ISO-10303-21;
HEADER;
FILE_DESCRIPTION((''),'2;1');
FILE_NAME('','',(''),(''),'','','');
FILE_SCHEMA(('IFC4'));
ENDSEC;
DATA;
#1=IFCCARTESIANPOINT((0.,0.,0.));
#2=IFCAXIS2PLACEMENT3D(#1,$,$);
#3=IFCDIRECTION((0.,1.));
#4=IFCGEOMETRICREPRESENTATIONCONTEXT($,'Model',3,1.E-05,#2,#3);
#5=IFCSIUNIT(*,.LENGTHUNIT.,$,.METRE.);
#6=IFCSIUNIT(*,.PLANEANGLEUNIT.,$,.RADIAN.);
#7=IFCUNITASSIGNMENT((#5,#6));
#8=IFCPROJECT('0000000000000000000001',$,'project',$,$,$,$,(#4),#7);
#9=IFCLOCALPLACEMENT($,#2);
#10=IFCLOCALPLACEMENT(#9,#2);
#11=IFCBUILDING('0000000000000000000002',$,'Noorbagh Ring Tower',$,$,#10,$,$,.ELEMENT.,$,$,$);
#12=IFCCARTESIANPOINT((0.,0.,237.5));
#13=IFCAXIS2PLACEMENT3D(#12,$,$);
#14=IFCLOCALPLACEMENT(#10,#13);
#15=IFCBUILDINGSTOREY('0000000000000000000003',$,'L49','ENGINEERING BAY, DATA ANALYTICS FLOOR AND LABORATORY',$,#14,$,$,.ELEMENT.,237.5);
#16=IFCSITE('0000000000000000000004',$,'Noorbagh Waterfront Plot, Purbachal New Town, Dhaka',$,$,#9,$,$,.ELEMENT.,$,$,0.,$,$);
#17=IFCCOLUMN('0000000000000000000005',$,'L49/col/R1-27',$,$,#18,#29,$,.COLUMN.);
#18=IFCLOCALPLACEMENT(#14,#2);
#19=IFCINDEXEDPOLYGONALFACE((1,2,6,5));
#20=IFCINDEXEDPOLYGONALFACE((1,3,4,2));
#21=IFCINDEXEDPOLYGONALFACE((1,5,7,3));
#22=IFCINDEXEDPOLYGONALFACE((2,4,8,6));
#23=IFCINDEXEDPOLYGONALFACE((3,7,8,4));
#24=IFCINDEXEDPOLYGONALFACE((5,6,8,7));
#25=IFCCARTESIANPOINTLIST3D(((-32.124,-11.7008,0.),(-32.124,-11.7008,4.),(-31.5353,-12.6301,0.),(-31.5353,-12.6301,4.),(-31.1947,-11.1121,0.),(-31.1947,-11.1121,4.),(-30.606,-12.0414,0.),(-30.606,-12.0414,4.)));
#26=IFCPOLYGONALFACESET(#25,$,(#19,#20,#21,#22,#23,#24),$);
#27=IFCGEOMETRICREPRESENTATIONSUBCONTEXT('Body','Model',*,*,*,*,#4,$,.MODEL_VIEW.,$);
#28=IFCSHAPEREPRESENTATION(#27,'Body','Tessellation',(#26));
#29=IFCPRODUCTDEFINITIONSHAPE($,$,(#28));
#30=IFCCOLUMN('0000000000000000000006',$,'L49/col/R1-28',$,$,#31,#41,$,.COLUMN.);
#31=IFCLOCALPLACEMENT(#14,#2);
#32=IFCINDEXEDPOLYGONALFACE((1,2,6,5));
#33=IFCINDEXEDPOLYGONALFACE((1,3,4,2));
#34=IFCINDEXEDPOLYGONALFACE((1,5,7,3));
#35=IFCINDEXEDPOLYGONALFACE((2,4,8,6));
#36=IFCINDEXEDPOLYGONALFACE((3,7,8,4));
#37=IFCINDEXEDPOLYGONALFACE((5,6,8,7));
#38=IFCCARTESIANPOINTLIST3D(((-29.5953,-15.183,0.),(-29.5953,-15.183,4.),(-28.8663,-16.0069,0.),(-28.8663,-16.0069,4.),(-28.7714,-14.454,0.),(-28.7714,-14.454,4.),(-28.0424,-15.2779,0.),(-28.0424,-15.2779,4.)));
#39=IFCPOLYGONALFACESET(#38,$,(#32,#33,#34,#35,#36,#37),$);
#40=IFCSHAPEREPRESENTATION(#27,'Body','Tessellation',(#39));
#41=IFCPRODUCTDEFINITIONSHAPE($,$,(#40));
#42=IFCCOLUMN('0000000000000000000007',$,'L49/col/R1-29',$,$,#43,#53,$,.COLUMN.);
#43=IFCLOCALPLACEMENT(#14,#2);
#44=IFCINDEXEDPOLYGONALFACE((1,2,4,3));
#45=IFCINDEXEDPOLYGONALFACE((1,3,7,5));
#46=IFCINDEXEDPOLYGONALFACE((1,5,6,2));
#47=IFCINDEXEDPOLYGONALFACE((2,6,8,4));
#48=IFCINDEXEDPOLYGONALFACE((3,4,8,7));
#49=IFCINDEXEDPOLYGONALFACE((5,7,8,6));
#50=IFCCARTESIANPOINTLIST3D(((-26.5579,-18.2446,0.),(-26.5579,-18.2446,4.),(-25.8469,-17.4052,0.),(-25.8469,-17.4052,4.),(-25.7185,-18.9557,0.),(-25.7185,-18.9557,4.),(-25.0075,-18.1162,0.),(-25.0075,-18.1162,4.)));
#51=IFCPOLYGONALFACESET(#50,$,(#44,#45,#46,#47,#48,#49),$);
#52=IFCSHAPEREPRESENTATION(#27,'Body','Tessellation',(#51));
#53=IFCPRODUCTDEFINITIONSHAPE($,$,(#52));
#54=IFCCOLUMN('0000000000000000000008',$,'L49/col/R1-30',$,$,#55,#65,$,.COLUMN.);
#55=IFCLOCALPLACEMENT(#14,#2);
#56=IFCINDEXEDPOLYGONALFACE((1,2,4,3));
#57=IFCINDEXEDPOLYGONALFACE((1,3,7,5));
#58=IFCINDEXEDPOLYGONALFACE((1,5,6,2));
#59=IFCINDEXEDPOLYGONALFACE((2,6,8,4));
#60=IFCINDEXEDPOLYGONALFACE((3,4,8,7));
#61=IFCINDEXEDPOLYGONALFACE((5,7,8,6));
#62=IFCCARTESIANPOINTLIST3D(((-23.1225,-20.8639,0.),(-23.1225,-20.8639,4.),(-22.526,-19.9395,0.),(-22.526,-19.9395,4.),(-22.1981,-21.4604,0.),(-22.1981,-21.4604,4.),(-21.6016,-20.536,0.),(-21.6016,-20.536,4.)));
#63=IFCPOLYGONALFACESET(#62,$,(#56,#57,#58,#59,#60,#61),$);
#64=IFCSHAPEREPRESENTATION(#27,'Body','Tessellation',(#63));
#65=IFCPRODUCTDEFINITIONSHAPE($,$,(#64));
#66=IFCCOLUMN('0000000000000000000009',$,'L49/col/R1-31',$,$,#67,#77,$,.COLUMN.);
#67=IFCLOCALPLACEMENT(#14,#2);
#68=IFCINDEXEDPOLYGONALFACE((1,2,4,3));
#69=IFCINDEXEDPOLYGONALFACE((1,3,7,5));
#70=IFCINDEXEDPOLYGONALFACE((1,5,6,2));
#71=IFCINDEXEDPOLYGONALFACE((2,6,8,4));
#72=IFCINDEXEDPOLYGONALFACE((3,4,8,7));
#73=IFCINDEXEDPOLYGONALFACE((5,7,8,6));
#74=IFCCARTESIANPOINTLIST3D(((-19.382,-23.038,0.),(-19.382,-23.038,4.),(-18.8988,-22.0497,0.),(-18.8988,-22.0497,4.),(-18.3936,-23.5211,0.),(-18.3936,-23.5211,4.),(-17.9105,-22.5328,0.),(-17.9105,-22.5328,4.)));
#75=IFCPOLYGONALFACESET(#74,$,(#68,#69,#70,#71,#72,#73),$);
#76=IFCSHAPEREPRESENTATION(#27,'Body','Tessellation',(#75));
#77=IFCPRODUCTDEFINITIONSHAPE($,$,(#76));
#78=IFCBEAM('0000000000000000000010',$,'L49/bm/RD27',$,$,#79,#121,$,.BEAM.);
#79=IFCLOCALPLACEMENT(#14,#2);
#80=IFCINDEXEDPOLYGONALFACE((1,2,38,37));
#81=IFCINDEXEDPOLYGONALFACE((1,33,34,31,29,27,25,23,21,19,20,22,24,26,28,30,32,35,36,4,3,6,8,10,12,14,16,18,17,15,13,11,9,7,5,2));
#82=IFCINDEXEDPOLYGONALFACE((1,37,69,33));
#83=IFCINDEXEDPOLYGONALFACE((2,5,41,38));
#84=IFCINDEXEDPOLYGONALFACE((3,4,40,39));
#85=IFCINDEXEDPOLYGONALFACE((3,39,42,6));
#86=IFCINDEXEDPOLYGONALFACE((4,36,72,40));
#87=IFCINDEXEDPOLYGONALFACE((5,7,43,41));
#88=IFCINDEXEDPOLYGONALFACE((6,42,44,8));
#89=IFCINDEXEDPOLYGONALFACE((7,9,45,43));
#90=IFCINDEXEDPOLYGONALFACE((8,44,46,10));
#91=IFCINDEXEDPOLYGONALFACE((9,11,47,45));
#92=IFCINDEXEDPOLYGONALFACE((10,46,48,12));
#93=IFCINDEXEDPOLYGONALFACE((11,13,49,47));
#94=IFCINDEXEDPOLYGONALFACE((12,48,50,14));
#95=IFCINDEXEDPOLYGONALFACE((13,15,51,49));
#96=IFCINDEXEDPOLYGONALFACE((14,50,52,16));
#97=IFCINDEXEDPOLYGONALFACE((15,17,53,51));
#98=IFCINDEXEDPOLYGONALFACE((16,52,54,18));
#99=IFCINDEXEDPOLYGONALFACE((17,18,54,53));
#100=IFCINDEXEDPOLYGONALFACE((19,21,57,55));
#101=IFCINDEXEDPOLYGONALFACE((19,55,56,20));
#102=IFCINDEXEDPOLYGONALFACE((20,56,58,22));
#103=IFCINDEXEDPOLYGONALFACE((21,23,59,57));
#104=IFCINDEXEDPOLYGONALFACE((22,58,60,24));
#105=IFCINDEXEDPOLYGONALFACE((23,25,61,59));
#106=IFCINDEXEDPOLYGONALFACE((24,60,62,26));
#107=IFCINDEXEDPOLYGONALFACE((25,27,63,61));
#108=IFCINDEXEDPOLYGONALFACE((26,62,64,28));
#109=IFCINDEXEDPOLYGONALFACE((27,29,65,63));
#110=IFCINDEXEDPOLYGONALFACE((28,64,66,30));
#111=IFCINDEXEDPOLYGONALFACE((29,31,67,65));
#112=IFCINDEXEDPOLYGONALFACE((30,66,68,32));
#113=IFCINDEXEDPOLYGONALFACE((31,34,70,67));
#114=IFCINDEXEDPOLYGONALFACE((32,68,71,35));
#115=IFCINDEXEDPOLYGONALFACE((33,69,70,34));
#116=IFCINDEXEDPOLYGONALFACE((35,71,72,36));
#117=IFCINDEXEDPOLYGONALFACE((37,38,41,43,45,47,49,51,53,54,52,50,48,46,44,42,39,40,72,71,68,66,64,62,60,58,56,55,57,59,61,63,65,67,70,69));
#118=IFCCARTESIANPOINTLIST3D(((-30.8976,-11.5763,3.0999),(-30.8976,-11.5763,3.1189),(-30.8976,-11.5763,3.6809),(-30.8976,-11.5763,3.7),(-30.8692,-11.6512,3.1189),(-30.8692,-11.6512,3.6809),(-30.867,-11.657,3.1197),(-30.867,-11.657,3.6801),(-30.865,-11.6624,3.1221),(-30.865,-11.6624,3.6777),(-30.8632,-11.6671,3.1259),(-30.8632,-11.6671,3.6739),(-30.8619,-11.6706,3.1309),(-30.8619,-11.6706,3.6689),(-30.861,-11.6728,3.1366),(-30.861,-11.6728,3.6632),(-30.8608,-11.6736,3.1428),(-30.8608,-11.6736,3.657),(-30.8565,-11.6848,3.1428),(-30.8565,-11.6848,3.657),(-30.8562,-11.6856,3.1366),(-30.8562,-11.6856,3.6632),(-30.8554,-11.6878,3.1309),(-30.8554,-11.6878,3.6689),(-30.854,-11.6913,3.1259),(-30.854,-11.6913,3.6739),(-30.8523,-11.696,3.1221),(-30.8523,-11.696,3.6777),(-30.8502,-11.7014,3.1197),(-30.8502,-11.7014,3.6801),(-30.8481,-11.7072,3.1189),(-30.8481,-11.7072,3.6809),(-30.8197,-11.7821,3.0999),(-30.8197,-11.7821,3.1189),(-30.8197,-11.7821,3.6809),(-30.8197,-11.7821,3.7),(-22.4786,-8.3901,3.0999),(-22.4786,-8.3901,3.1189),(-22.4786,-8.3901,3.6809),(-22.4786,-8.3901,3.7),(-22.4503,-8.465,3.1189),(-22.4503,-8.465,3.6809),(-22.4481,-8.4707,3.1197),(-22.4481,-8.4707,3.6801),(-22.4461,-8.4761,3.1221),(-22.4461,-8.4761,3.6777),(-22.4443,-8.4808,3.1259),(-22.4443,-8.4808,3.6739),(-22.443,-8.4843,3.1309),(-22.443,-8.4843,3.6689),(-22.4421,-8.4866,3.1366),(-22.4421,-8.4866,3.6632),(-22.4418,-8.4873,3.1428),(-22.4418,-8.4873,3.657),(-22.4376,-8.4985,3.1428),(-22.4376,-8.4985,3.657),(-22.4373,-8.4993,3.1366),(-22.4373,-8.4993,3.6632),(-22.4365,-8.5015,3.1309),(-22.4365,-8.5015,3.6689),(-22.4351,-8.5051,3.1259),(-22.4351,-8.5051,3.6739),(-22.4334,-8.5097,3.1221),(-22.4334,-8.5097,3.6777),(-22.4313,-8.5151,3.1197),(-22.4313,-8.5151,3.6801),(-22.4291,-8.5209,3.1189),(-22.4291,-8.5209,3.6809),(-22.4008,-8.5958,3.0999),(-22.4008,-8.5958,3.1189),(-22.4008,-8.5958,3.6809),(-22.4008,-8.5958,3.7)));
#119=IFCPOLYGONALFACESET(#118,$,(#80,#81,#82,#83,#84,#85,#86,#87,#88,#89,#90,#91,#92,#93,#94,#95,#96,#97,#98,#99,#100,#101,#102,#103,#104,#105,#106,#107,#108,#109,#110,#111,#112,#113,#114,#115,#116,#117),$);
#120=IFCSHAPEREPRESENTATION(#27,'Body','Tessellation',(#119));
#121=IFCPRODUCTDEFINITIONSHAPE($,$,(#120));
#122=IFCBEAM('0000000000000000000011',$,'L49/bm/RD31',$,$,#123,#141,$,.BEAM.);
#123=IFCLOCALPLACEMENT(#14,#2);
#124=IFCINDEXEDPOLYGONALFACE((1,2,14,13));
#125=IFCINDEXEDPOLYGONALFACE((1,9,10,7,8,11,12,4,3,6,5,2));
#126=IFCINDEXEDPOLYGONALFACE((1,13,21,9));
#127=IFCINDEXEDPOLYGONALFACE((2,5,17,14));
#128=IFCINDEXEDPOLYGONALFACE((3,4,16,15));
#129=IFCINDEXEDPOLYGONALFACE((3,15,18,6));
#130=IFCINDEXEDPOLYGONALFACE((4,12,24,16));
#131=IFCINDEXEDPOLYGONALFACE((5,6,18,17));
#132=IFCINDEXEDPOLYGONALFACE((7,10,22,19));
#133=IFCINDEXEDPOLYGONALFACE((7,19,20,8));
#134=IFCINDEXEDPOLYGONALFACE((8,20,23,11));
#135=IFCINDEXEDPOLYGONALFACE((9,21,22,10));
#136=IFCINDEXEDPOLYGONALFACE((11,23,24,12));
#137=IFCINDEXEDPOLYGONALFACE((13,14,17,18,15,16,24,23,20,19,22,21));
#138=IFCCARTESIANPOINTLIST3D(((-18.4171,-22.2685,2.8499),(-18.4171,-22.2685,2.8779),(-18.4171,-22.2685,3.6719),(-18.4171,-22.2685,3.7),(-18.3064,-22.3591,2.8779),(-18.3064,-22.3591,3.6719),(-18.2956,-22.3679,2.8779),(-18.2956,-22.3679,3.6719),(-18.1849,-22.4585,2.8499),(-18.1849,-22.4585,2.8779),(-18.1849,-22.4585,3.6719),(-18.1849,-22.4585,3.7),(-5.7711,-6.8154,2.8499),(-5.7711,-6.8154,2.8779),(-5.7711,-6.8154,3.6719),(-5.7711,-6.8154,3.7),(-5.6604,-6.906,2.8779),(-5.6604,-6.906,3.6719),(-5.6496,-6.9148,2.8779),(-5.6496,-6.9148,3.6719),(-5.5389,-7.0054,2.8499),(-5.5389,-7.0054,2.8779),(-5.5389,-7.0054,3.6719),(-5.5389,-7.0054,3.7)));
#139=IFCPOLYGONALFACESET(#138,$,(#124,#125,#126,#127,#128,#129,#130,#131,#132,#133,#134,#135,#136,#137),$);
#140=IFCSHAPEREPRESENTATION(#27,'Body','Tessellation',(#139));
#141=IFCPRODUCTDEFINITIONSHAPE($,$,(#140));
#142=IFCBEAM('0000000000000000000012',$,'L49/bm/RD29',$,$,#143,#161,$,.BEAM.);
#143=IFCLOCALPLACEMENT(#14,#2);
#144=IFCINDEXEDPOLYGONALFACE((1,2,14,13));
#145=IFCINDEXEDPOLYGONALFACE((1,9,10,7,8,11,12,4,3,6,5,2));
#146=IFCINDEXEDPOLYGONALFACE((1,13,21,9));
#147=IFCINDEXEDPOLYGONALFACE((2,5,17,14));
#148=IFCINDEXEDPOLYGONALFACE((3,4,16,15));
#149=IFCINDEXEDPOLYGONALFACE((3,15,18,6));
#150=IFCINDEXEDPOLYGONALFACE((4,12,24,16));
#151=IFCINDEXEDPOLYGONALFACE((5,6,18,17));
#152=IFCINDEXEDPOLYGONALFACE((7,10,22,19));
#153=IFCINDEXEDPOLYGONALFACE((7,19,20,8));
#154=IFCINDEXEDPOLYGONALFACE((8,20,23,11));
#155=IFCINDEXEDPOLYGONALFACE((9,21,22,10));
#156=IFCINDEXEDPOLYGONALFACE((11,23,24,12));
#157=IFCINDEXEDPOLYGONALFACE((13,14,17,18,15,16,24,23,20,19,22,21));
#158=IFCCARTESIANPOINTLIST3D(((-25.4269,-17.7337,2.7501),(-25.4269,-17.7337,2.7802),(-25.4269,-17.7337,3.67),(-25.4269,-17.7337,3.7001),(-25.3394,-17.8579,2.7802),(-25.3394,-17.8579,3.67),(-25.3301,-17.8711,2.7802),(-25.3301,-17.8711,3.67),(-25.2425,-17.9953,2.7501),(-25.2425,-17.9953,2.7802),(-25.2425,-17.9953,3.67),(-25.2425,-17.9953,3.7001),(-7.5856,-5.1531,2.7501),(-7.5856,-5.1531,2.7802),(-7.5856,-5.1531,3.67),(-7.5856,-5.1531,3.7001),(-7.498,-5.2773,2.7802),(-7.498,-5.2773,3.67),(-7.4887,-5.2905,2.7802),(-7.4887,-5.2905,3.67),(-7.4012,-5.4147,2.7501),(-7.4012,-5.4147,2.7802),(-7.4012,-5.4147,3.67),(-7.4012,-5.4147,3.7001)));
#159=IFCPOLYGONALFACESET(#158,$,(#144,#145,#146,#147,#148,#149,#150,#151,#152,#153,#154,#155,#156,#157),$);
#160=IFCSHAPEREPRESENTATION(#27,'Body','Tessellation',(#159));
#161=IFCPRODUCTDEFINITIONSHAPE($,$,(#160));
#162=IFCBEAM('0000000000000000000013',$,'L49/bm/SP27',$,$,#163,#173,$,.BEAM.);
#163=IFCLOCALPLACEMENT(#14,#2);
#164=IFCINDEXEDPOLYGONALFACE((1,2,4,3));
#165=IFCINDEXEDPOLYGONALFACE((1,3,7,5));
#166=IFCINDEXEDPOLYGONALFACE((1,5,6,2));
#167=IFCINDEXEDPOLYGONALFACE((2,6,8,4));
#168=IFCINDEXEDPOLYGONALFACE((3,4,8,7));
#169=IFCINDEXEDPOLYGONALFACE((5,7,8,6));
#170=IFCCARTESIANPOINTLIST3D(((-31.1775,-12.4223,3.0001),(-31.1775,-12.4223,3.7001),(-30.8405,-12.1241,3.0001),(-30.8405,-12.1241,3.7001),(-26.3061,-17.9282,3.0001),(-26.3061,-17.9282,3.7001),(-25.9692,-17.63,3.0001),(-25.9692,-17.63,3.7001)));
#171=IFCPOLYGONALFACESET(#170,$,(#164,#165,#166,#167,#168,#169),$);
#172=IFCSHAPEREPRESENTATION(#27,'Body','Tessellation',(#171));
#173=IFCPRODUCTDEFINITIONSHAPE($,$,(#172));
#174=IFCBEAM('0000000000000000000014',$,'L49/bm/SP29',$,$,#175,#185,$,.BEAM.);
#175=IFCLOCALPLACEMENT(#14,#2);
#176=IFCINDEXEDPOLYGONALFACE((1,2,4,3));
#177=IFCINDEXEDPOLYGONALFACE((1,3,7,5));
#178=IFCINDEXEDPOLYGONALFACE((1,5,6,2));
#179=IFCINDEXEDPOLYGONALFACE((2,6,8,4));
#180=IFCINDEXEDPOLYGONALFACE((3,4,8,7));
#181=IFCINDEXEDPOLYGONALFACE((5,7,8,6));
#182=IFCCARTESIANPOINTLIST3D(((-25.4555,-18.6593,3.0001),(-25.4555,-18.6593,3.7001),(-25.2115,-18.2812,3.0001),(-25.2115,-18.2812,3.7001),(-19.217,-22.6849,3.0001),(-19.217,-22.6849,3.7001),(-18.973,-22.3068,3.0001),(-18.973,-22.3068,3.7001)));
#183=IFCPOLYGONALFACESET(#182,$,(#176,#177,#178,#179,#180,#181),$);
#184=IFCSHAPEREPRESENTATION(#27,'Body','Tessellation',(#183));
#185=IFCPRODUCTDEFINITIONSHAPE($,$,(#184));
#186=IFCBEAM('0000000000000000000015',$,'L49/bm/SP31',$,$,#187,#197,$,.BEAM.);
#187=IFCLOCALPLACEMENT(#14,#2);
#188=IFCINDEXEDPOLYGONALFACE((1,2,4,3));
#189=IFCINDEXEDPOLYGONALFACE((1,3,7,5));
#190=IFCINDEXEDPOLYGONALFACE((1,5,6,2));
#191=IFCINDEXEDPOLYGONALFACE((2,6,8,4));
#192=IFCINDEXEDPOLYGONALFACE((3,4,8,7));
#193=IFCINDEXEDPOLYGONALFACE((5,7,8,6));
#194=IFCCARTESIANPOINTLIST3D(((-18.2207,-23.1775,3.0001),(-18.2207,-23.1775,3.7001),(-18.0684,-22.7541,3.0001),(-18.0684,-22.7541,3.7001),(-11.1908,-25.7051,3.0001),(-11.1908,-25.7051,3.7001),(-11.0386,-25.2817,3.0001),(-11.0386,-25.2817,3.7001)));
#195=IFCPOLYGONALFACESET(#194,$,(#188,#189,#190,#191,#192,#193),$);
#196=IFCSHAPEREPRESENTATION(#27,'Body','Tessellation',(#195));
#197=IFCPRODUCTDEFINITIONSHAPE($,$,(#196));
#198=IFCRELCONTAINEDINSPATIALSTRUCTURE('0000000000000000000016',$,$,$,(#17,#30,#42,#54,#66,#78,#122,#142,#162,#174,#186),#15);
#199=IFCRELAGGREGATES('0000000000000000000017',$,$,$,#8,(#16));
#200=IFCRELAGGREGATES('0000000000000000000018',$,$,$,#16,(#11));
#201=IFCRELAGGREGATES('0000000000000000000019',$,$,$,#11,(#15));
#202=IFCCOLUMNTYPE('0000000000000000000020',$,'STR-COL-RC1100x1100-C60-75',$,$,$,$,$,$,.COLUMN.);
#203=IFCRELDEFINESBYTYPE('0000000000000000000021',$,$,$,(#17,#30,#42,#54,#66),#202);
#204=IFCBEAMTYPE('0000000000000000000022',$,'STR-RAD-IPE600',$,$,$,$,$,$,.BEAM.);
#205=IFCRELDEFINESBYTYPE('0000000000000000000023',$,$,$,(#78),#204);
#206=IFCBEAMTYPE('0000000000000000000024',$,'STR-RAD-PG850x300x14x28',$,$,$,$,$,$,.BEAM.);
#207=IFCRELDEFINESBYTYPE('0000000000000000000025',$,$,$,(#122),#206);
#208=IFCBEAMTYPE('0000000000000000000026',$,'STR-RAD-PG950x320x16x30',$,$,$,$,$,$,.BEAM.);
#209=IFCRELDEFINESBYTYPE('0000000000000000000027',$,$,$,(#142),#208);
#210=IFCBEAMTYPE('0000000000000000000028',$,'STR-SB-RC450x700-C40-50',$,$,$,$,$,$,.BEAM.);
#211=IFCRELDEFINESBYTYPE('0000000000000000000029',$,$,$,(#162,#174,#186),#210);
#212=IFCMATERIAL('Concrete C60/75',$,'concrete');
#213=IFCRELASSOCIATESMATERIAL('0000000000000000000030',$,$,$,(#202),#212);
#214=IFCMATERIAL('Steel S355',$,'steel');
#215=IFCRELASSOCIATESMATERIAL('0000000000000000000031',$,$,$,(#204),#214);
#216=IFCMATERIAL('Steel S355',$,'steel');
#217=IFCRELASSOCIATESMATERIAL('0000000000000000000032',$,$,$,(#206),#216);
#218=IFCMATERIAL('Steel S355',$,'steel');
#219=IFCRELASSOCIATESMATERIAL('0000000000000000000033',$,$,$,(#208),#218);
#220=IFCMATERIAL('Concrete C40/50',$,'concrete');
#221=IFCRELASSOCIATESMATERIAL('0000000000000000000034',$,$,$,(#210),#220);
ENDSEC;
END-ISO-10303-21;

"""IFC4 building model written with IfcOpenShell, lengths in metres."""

from ifc_helpers import new_model, si_unit, direction, frame, origin, origin_2d, place, context, subcontext, project, spatial, rectangle, i_section, extrude, material, material_profile, profile_set, type_object, element, save


model = new_model("IFC4")

# Units and contexts
model_context = context("Model", 3, precision=1e-05, world=origin(), true_north=direction((0.0, 1.0)))
body_context = subcontext(model_context, "Body", "Model", "MODEL_VIEW")
ifc_project = project(units=[si_unit("LENGTHUNIT", "METRE"), si_unit("PLANEANGLEUNIT", "RADIAN")], contexts=[model_context])

# Site, building, storey
site_placement = place(None, origin())
site = spatial("IfcSite", under=ifc_project, at=site_placement, Name="Noorbagh Waterfront Plot, Purbachal New Town, Dhaka", CompositionType="ELEMENT", RefElevation=0.0)
building_placement = place(site_placement, origin())
building = spatial("IfcBuilding", under=site, at=building_placement, Name="Noorbagh Ring Tower", CompositionType="ELEMENT")
storey_placement = place(building_placement, frame((0.0, 0.0, 237.5)))
storey = spatial("IfcBuildingStorey", under=building, at=storey_placement, Name="L49", Description="ENGINEERING BAY, DATA ANALYTICS FLOOR AND LABORATORY", CompositionType="ELEMENT", Elevation=237.5)

# Columns
ifc_material_1 = material(Name="Concrete C60/75", Category="concrete")
ifc_material_profile_1 = material_profile(ifc_material_1, rectangle(XDim=1.1001, YDim=1.1001, at=origin_2d()), Name="RC1100x1100")
ifc_profile_set_1 = profile_set([ifc_material_profile_1], Name="Concrete C60/75")
column_type = type_object("IfcColumnType", Name="STR-COL-RC1100x1100-C60-75", PredefinedType="COLUMN", material=ifc_profile_set_1)
for number, where, z_axis, x_axis, name in (
    (1, (-31.365, -11.8711, 0.0), (0.0, 0.0, 1.0), (0.53519, -0.844731, 0.0), "L49/col/R1-27"),
    (2, (-28.8188, -15.2305, 0.0), (0.0, 0.0, 1.0), (0.662636, -0.748942, 0.0), "L49/col/R1-28"),
    (3, (-25.7827, -18.1804, 0.0), (0.0, 0.0, 1.0), (0.763035, -0.646357, 0.0), "L49/col/R1-29"),
    (4, (-22.3621, -20.7, 0.0), (0.0, 0.0, 1.0), (0.840248, -0.542203, 0.0), "L49/col/R1-30"),
    (5, (-18.6462, -22.7854, 0.0), (0.0, 0.0, 1.0), (0.898399, -0.43918, 0.0), "L49/col/R1-31"),
):
    element("IfcColumn", number, at=place(storey_placement, frame(where, z_axis=z_axis, x_axis=x_axis)), inside=storey, type_object=column_type, Name=name, PredefinedType="COLUMN", context=body_context, shape_type="SweptSolid", body=[
        extrude(rectangle(XDim=1.1001, YDim=1.1001, at=origin_2d()), origin(), (0.0, 0.0, 1.0), 4.0),
    ])

# Beams
ifc_material_2 = material(Name="Steel S355", Category="steel")
ifc_material_profile_2 = material_profile(ifc_material_2, i_section(OverallWidth=0.22, OverallDepth=0.6001, WebThickness=0.012, FlangeThickness=0.019, FilletRadius=0.0239, at=origin_2d()), Name="IPE600")
ifc_profile_set_2 = profile_set([ifc_material_profile_2], Name="Steel S355")
beam_type_1 = type_object("IfcBeamType", Name="STR-RAD-IPE600", PredefinedType="BEAM", material=ifc_profile_set_2)
beam_1_placement = place(storey_placement, frame((-30.8586, -11.6792, 3.3999), z_axis=(0.935259, 0.353963, 0.0), x_axis=(-0.353963, 0.935259, 0.0)))
element("IfcBeam", 6, at=beam_1_placement, inside=storey, type_object=beam_type_1, Name="L49/bm/RD27", PredefinedType="BEAM", context=body_context, shape_type="SweptSolid", body=[
    extrude(i_section(OverallWidth=0.22, OverallDepth=0.6001, WebThickness=0.012, FlangeThickness=0.019, FilletRadius=0.0239, at=origin_2d()), origin(), (0.0, 0.0, 1.0), 9.0017),
])
ifc_material_3 = material(Name="Steel S355", Category="steel")
ifc_material_profile_3 = material_profile(ifc_material_3, i_section(OverallWidth=0.3, OverallDepth=0.8501, WebThickness=0.0139, FlangeThickness=0.0281, at=origin_2d()), Name="PG850x300x14x28")
ifc_profile_set_3 = profile_set([ifc_material_profile_3], Name="Steel S355")
beam_type_2 = type_object("IfcBeamType", Name="STR-RAD-PG850x300x14x28", PredefinedType="BEAM", material=ifc_profile_set_3)
beam_2_placement = place(storey_placement, frame((-18.301, -22.3635, 3.2749), z_axis=(0.633314, 0.773895, 0.0), x_axis=(-0.773895, 0.633314, 0.0)))
element("IfcBeam", 7, at=beam_2_placement, inside=storey, type_object=beam_type_2, Name="L49/bm/RD31", PredefinedType="BEAM", context=body_context, shape_type="SweptSolid", body=[
    extrude(i_section(OverallWidth=0.3, OverallDepth=0.8501, WebThickness=0.0139, FlangeThickness=0.0281, at=origin_2d()), origin(), (0.0, 0.0, 1.0), 19.968),
])
ifc_material_4 = material(Name="Steel S355", Category="steel")
ifc_material_profile_4 = material_profile(ifc_material_4, i_section(OverallWidth=0.3201, OverallDepth=0.95, WebThickness=0.0161, FlangeThickness=0.03, at=origin_2d()), Name="PG950x320x16x30")
ifc_profile_set_4 = profile_set([ifc_material_profile_4], Name="Steel S355")
beam_type_3 = type_object("IfcBeamType", Name="STR-RAD-PG950x320x16x30", PredefinedType="BEAM", material=ifc_profile_set_4)
beam_3_placement = place(storey_placement, frame((-25.3347, -17.8645, 3.2251), z_axis=(0.817255, 0.576277, 0.0), x_axis=(-0.576277, 0.817255, 0.0)))
element("IfcBeam", 8, at=beam_3_placement, inside=storey, type_object=beam_type_3, Name="L49/bm/RD29", PredefinedType="BEAM", context=body_context, shape_type="SweptSolid", body=[
    extrude(i_section(OverallWidth=0.3201, OverallDepth=0.95, WebThickness=0.0161, FlangeThickness=0.03, at=origin_2d()), origin(), (0.0, 0.0, 1.0), 21.8308),
])
ifc_material_5 = material(Name="Concrete C40/50", Category="concrete")
ifc_material_profile_5 = material_profile(ifc_material_5, rectangle(XDim=0.45, YDim=0.7, at=origin_2d()), Name="RC450x700")
ifc_profile_set_5 = profile_set([ifc_material_profile_5], Name="Concrete C40/50")
beam_type_4 = type_object("IfcBeamType", Name="STR-SB-RC450x700-C40-50", PredefinedType="BEAM", material=ifc_profile_set_5)
beam_4_placement = place(storey_placement, frame((-31.009, -12.2732, 3.3501), z_axis=(0.662633, -0.748945, 0.0), x_axis=(0.748945, 0.662633, 0.0)))
element("IfcBeam", 9, at=beam_4_placement, inside=storey, type_object=beam_type_4, Name="L49/bm/SP27", PredefinedType="BEAM", context=body_context, shape_type="SweptSolid", body=[
    extrude(rectangle(XDim=0.45, YDim=0.7, at=origin_2d()), origin(), (0.0, 0.0, 1.0), 7.3516),
])
beam_5_placement = place(storey_placement, frame((-25.3335, -18.4702, 3.3501), z_axis=(0.840249, -0.542201, 0.0), x_axis=(0.542201, 0.840249, 0.0)))
element("IfcBeam", 10, at=beam_5_placement, inside=storey, type_object=beam_type_4, Name="L49/bm/SP29", PredefinedType="BEAM", context=body_context, shape_type="SweptSolid", body=[
    extrude(rectangle(XDim=0.45, YDim=0.7, at=origin_2d()), origin(), (0.0, 0.0, 1.0), 7.4246),
])
beam_6_placement = place(storey_placement, frame((-18.1445, -22.9658, 3.3501), z_axis=(0.941021, -0.338348, 0.0), x_axis=(0.338348, 0.941021, 0.0)))
element("IfcBeam", 11, at=beam_6_placement, inside=storey, type_object=beam_type_4, Name="L49/bm/SP31", PredefinedType="BEAM", context=body_context, shape_type="SweptSolid", body=[
    extrude(rectangle(XDim=0.45, YDim=0.7, at=origin_2d()), origin(), (0.0, 0.0, 1.0), 7.4705),
])

save(model, "model.ifc")
